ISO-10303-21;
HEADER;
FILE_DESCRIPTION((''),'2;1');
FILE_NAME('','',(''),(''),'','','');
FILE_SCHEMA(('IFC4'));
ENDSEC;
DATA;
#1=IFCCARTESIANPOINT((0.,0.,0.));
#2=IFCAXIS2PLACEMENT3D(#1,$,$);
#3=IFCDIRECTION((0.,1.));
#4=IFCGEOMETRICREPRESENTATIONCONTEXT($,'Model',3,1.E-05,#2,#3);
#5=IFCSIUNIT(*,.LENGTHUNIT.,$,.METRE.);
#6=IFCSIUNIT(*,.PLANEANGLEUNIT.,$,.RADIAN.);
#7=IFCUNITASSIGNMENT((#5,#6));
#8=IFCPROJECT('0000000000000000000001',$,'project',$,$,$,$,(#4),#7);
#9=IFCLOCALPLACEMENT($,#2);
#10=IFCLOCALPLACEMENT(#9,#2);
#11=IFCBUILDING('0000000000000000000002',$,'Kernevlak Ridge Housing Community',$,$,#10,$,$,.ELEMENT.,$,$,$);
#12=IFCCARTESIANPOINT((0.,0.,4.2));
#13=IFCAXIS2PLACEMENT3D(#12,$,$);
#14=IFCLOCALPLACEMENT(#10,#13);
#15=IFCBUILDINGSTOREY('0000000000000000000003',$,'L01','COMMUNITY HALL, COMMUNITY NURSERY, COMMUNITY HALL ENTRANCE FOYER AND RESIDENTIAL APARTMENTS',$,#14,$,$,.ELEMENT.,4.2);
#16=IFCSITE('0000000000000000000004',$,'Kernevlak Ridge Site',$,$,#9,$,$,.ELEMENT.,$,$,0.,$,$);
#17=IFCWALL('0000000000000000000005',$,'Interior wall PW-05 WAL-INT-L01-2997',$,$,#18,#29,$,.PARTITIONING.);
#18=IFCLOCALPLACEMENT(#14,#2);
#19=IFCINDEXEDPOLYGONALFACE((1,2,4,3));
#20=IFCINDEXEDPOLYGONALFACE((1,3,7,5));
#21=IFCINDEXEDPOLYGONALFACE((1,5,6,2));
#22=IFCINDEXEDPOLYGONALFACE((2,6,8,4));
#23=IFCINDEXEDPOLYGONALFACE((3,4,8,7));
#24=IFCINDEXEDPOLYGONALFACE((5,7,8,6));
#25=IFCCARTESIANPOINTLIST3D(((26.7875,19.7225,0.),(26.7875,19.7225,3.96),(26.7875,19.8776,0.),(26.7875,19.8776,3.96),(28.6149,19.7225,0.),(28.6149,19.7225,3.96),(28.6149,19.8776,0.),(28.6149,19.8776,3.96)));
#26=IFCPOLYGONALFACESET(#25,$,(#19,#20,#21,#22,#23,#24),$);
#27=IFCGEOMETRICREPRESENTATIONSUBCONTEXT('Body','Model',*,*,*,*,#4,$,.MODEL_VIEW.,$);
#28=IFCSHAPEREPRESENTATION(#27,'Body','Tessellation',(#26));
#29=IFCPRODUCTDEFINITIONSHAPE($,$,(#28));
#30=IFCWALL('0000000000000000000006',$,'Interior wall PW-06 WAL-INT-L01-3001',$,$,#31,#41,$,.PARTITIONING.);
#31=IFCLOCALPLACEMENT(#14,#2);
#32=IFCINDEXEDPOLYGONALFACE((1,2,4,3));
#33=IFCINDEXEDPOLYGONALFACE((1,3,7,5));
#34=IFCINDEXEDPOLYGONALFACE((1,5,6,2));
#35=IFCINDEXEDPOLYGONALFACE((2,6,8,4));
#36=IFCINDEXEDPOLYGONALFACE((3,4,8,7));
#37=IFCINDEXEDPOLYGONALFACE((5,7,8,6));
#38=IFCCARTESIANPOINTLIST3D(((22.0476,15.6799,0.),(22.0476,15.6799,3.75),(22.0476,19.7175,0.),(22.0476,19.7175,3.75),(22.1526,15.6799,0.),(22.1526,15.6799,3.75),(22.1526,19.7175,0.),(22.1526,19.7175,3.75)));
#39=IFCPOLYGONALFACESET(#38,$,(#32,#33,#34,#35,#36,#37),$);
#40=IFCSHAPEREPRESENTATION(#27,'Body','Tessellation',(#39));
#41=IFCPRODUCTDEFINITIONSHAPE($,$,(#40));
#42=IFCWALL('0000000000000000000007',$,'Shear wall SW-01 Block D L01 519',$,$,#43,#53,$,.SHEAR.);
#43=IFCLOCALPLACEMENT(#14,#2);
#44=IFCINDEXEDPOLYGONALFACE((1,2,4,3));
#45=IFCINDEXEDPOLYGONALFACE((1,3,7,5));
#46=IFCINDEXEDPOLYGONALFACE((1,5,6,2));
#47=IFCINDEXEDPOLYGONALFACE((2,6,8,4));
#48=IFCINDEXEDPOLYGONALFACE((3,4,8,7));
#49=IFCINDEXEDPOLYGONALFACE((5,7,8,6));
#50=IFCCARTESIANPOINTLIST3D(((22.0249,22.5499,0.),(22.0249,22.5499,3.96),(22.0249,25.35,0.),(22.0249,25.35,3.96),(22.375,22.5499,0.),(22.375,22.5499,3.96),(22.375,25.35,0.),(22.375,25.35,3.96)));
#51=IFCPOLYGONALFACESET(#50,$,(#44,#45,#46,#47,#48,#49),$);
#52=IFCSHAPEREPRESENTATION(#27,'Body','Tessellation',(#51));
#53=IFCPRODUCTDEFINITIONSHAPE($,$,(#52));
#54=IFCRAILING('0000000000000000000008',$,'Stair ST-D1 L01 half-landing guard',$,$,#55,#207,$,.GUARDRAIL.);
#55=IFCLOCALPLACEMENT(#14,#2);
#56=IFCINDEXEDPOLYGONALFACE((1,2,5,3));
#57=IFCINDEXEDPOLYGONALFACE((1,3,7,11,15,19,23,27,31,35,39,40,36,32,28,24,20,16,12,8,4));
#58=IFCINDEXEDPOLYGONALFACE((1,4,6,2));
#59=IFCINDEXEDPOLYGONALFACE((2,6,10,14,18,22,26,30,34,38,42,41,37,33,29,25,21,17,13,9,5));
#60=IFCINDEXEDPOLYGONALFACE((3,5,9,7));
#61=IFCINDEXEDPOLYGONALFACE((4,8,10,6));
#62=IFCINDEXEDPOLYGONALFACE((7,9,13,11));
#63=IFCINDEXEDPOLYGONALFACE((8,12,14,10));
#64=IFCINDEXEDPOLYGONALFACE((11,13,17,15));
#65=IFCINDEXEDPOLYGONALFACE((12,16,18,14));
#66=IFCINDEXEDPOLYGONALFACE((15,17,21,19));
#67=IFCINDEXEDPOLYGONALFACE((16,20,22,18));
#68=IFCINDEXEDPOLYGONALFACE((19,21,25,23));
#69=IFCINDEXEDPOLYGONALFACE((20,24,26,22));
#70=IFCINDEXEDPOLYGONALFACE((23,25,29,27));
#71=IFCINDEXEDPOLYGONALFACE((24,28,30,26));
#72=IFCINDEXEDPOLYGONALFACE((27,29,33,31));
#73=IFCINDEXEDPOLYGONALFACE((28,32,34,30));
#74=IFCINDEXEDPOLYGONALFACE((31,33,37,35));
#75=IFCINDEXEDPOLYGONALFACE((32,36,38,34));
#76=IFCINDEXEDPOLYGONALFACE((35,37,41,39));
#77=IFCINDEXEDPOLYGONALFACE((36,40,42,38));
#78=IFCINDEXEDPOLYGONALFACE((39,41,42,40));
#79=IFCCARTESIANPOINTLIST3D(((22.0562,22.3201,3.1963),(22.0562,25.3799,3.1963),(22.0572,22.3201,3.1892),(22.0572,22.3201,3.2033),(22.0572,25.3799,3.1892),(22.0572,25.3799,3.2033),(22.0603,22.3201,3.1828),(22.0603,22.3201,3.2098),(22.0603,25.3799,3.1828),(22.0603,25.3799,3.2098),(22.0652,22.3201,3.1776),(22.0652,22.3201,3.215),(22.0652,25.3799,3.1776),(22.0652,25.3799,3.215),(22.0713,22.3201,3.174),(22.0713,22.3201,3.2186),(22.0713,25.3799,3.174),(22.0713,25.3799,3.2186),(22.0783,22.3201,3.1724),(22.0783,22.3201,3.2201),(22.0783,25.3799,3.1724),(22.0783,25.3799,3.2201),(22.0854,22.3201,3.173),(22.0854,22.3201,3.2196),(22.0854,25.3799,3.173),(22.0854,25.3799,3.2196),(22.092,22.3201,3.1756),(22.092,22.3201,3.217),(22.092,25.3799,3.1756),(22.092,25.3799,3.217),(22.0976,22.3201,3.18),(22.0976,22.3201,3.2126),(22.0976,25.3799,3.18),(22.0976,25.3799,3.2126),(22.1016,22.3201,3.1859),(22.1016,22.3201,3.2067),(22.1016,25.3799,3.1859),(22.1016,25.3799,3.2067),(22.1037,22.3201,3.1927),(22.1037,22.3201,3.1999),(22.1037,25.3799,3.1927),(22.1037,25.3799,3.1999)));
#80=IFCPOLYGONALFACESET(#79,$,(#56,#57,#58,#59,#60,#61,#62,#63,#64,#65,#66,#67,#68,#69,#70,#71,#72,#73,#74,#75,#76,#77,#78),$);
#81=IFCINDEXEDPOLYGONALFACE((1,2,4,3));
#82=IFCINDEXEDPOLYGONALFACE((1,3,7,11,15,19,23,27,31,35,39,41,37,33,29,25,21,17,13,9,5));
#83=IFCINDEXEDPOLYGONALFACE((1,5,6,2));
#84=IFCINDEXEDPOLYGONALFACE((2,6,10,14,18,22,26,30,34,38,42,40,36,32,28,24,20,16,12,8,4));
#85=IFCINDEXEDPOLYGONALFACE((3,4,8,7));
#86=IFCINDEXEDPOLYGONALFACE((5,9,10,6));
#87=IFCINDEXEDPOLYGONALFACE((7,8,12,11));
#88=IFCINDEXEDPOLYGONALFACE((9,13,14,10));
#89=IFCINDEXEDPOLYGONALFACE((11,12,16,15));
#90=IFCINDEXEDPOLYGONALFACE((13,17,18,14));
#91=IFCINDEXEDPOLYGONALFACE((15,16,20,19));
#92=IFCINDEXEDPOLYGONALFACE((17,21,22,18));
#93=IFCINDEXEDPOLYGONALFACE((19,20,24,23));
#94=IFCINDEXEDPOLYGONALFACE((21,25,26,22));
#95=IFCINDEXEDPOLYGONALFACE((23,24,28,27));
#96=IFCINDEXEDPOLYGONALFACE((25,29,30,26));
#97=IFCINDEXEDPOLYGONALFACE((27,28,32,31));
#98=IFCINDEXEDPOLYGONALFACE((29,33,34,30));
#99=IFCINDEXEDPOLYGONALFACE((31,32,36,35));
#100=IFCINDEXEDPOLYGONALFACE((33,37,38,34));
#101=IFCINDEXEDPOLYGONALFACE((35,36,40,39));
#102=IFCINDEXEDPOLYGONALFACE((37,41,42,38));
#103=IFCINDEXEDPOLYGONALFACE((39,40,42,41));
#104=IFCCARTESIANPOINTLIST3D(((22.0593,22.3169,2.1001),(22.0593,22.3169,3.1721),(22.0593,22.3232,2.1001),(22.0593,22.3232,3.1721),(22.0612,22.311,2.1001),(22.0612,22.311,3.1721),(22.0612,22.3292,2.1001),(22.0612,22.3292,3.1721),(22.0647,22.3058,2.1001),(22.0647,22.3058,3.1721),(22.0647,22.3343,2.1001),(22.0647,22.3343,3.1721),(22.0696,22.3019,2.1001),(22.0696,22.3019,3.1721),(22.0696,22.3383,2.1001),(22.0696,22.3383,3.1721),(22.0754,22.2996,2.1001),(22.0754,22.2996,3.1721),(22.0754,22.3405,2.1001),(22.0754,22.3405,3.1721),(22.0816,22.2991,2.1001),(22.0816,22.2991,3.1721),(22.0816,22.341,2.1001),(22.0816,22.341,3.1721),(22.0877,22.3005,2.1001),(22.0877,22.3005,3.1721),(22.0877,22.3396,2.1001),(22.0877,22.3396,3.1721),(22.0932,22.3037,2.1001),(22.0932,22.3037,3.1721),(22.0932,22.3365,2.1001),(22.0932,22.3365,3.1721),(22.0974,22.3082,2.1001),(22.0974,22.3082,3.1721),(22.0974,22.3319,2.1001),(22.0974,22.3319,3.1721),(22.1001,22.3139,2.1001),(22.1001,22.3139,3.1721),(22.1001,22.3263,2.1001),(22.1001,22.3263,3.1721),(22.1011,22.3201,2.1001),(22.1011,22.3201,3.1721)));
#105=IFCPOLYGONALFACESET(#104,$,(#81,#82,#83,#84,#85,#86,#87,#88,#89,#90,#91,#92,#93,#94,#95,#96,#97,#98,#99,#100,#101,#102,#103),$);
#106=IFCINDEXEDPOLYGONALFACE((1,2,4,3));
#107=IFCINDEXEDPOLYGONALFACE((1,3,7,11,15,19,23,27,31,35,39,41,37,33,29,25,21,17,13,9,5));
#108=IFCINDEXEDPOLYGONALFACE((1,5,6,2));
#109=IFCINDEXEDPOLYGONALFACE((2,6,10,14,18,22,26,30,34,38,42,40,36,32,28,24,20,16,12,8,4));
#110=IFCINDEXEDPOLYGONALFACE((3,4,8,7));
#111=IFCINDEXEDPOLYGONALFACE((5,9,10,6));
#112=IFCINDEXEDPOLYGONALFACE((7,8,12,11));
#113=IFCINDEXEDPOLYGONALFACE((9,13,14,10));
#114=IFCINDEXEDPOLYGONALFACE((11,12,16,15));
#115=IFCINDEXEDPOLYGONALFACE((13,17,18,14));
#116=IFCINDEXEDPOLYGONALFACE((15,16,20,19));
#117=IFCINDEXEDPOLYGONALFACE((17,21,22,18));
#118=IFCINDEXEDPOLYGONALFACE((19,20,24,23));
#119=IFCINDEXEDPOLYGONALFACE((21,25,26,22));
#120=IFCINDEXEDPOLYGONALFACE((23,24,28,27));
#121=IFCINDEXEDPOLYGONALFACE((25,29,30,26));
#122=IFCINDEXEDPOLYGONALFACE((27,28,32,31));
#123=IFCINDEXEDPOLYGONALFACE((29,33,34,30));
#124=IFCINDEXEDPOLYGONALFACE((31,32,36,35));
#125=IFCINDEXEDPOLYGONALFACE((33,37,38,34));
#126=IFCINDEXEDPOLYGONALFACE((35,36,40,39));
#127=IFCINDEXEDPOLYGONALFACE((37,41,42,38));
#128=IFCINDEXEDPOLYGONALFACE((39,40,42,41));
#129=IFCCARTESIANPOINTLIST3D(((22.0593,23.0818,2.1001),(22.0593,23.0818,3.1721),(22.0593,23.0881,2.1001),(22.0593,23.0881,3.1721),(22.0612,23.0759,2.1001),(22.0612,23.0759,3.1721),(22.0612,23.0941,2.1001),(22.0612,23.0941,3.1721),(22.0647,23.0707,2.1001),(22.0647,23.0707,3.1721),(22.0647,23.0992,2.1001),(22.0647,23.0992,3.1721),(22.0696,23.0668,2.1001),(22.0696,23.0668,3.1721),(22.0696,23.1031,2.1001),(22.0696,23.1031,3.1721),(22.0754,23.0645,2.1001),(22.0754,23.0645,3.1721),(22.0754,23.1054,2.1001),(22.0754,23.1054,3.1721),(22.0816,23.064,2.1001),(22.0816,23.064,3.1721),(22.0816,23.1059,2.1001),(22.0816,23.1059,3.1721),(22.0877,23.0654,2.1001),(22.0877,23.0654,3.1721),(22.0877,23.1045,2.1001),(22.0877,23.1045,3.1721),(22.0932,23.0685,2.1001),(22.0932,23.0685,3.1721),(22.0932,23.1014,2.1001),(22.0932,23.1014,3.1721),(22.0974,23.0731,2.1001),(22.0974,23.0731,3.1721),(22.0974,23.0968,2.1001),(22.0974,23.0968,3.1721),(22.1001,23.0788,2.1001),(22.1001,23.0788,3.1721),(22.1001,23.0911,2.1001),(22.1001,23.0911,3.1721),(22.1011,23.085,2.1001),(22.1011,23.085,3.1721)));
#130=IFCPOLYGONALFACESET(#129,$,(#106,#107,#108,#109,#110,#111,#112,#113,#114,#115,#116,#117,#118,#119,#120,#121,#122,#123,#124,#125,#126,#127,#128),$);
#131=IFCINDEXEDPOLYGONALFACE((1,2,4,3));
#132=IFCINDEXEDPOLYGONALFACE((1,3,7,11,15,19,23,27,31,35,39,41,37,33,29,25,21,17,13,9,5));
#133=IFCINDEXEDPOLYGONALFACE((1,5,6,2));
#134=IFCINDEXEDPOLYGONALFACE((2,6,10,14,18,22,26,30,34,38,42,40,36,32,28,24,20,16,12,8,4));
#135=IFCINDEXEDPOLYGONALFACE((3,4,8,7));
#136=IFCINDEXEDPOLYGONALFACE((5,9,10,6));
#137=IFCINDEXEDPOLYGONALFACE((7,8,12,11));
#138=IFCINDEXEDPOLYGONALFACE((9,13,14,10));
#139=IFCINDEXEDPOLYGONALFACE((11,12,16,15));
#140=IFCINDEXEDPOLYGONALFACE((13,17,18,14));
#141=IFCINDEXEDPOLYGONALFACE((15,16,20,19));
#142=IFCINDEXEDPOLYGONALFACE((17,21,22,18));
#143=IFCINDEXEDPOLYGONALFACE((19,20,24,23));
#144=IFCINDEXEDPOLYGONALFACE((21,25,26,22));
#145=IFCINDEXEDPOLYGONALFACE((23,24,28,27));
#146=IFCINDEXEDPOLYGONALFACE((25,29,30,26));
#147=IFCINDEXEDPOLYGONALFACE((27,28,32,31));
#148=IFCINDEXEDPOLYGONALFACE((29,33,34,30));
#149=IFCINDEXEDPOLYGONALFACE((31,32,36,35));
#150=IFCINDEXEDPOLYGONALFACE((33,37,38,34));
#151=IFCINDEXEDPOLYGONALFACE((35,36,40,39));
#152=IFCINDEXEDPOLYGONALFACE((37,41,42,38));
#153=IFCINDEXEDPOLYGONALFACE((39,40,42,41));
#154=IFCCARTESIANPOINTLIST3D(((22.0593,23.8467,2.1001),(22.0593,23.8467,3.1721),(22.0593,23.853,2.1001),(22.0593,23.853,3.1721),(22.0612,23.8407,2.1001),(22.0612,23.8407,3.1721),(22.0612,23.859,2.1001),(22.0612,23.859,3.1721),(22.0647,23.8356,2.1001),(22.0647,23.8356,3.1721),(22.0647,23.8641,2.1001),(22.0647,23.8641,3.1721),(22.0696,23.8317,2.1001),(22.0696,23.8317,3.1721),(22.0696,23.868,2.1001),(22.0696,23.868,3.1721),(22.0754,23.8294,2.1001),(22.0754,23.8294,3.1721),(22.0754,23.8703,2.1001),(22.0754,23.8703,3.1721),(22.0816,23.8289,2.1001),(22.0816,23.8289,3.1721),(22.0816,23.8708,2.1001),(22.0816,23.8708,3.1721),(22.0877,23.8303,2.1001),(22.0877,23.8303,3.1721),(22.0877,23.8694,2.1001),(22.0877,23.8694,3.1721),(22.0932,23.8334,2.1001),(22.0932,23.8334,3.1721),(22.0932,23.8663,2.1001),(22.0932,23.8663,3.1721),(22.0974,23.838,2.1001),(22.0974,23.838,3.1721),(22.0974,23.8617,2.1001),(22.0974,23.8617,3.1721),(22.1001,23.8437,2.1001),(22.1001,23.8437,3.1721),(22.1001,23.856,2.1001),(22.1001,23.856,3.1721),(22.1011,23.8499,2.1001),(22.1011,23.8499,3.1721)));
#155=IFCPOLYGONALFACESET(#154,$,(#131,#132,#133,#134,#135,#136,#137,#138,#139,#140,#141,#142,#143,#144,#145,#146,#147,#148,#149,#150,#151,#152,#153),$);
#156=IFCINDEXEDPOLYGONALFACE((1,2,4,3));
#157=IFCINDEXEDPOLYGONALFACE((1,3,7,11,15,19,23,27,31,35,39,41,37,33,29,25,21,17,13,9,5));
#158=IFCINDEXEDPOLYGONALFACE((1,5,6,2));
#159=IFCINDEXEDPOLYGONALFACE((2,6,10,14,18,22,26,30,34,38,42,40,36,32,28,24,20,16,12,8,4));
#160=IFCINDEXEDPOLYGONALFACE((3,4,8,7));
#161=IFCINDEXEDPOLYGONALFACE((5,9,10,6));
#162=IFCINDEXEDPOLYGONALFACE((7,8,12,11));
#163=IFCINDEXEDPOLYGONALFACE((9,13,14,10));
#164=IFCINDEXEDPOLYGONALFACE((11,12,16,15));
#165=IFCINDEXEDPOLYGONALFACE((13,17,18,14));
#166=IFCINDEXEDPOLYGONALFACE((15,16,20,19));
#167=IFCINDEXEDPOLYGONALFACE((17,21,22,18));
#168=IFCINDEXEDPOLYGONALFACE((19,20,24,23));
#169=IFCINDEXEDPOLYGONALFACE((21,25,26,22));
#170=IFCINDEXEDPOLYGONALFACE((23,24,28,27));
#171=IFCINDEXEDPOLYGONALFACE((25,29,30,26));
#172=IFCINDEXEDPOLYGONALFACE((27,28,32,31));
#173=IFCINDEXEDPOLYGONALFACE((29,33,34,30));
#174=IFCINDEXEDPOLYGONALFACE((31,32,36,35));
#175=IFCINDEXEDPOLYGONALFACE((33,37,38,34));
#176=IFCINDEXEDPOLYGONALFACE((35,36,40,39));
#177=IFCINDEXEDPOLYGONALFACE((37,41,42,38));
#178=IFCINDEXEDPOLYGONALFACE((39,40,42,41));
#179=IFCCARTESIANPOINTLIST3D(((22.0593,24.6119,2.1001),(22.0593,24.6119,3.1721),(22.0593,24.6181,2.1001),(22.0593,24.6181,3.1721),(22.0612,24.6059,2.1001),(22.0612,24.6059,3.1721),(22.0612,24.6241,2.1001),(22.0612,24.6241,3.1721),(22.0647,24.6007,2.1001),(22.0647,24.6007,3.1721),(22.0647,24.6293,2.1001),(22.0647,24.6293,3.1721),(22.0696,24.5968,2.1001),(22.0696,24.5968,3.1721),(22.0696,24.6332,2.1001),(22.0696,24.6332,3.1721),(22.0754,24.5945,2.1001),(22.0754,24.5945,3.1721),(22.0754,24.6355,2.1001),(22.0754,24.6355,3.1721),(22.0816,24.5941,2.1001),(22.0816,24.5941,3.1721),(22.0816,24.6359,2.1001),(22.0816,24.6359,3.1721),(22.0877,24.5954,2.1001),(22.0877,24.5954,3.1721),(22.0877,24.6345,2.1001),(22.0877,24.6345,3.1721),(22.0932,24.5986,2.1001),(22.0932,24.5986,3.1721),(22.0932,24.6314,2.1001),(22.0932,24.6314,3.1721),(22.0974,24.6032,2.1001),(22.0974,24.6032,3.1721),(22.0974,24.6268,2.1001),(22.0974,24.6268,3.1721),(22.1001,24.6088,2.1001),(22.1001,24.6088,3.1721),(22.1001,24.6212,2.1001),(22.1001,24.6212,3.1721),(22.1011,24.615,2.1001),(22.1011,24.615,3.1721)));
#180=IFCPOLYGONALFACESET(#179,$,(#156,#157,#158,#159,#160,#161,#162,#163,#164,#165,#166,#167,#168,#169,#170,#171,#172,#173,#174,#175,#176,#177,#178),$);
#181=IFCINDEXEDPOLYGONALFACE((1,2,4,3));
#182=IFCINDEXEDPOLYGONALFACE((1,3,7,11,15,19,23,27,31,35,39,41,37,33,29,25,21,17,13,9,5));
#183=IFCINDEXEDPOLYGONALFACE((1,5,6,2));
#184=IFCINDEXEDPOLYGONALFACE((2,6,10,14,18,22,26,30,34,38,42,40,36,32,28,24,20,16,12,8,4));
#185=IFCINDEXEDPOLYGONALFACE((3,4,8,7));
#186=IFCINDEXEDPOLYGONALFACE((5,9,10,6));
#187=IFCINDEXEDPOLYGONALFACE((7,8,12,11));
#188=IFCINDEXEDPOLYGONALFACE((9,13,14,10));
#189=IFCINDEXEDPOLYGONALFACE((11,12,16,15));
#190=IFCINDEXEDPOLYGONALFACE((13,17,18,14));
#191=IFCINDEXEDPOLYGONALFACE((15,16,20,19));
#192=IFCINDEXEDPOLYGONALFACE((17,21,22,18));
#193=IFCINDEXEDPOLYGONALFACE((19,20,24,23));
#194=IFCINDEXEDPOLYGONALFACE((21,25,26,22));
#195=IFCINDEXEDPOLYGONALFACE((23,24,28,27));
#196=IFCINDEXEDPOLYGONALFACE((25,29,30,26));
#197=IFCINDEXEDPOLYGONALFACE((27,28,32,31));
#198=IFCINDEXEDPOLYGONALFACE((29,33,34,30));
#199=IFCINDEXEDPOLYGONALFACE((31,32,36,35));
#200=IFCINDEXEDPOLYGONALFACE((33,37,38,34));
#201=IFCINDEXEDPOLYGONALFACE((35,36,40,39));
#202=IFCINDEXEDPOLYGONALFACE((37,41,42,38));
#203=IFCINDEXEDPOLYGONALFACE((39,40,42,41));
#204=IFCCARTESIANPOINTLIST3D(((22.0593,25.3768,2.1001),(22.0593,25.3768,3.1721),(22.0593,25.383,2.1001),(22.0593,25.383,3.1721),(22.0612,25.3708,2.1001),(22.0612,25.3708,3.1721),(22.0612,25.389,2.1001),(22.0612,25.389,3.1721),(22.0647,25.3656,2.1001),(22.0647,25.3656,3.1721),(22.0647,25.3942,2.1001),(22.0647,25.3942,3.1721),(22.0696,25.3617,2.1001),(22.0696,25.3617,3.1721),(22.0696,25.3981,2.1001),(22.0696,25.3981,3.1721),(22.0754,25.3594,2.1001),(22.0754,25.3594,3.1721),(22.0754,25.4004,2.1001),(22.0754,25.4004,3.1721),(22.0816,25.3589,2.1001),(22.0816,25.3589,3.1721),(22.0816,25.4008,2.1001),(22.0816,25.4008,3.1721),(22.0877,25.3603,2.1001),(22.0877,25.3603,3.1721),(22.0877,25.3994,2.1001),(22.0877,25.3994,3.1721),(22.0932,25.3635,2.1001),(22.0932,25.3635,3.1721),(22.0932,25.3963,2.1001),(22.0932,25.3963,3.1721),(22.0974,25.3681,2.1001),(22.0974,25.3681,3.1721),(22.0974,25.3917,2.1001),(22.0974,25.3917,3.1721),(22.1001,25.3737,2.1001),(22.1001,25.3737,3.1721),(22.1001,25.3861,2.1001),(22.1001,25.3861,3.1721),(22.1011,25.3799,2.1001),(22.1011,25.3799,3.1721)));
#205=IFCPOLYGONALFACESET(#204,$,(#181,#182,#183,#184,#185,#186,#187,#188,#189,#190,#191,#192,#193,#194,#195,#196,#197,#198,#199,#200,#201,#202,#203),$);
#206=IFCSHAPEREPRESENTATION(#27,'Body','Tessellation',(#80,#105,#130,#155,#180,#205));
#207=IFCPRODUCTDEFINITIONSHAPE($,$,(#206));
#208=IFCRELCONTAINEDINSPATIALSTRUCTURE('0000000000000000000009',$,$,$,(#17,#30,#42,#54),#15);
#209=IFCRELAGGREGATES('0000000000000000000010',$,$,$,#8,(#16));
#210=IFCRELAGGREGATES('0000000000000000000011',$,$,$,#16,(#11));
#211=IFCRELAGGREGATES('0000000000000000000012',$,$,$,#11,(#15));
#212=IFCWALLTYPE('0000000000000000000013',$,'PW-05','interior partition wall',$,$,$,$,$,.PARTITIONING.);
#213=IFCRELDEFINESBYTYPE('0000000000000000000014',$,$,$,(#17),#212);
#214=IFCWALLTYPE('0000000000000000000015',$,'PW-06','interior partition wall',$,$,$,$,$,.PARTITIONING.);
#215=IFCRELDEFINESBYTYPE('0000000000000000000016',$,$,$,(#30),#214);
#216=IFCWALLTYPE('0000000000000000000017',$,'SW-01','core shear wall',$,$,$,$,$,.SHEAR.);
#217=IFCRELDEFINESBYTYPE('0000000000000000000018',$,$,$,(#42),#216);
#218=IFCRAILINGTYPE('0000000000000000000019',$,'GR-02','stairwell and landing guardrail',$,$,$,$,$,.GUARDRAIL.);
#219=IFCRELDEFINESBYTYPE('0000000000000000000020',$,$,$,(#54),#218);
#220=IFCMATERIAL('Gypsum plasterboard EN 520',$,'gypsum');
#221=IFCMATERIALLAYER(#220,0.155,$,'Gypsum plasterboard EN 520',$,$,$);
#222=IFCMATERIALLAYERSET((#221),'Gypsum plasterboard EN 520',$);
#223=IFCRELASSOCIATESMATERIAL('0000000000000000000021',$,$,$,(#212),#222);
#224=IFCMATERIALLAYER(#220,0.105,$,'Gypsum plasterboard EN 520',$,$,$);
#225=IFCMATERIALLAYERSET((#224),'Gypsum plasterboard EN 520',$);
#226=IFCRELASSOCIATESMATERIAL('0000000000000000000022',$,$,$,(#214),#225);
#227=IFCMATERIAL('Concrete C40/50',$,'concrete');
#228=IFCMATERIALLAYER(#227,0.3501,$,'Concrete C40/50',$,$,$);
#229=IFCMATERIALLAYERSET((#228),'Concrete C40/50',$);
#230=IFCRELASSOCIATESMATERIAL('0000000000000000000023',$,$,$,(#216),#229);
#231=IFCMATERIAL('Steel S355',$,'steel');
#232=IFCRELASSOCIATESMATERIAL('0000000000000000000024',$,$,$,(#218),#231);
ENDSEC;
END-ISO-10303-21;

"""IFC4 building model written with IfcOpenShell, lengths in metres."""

from ifc_helpers import new_model, si_unit, direction, frame, frame_2d, origin, origin_2d, place, context, subcontext, project, spatial, rectangle, circle, extrude, material, layer, layer_set, type_object, element, save


model = new_model("IFC4")

# Units and contexts
model_context = context("Model", 3, precision=1e-05, world=origin(), true_north=direction((0.0, 1.0)))
body_context = subcontext(model_context, "Body", "Model", "MODEL_VIEW")
ifc_project = project(units=[si_unit("LENGTHUNIT", "METRE"), si_unit("PLANEANGLEUNIT", "RADIAN")], contexts=[model_context])

# Site, building, storey
site_placement = place(None, origin())
site = spatial("IfcSite", under=ifc_project, at=site_placement, Name="Kernevlak Ridge Site", CompositionType="ELEMENT", RefElevation=0.0)
building_placement = place(site_placement, origin())
building = spatial("IfcBuilding", under=site, at=building_placement, Name="Kernevlak Ridge Housing Community", CompositionType="ELEMENT")
storey_placement = place(building_placement, frame((0.0, 0.0, 4.2)))
storey = spatial("IfcBuildingStorey", under=building, at=storey_placement, Name="L01", Description="COMMUNITY HALL, COMMUNITY NURSERY, COMMUNITY HALL ENTRANCE FOYER AND RESIDENTIAL APARTMENTS", CompositionType="ELEMENT", Elevation=4.2)

# Shared definitions
ifc_material_1 = material(Name="Gypsum plasterboard EN 520", Category="gypsum")
ifc_layer_1 = layer(ifc_material_1, 0.155, Name="Gypsum plasterboard EN 520")
ifc_layer_set_1 = layer_set([ifc_layer_1], Name="Gypsum plasterboard EN 520")
wall_type_1 = type_object("IfcWallType", Name="PW-05", Description="interior partition wall", PredefinedType="PARTITIONING", material=ifc_layer_set_1)

# Walls
wall_1_placement = place(storey_placement, frame((26.7876, 19.8, 0.0), z_axis=(0.0, 0.0, 1.0), x_axis=(1.0, 0.0, 0.0)))
element("IfcWall", 1, at=wall_1_placement, inside=storey, type_object=wall_type_1, Name="Interior wall PW-05 WAL-INT-L01-2997", PredefinedType="PARTITIONING", context=body_context, shape_type="SweptSolid", body=[
    extrude(rectangle(XDim=1.8274, YDim=0.155, at=frame_2d((0.9136, 0.0))), origin(), (0.0, 0.0, 1.0), 3.96),
])
ifc_layer_2 = layer(ifc_material_1, 0.105, Name="Gypsum plasterboard EN 520")
ifc_layer_set_2 = layer_set([ifc_layer_2], Name="Gypsum plasterboard EN 520")
wall_type_2 = type_object("IfcWallType", Name="PW-06", Description="interior partition wall", PredefinedType="PARTITIONING", material=ifc_layer_set_2)
wall_2_placement = place(storey_placement, frame((22.1001, 19.7175, 0.0), z_axis=(0.0, 0.0, 1.0), x_axis=(0.0, -1.0, 0.0)))
element("IfcWall", 2, at=wall_2_placement, inside=storey, type_object=wall_type_2, Name="Interior wall PW-06 WAL-INT-L01-3001", PredefinedType="PARTITIONING", context=body_context, shape_type="SweptSolid", body=[
    extrude(rectangle(XDim=4.0376, YDim=0.105, at=frame_2d((2.0188, 0.0))), origin(), (0.0, 0.0, 1.0), 3.75),
])
ifc_material_2 = material(Name="Concrete C40/50", Category="concrete")
ifc_layer_3 = layer(ifc_material_2, 0.3501, Name="Concrete C40/50")
ifc_layer_set_3 = layer_set([ifc_layer_3], Name="Concrete C40/50")
wall_type_3 = type_object("IfcWallType", Name="SW-01", Description="core shear wall", PredefinedType="SHEAR", material=ifc_layer_set_3)
wall_3_placement = place(storey_placement, frame((22.2, 22.55, 0.0), z_axis=(0.0, 0.0, 1.0), x_axis=(0.0, 1.0, 0.0)))
element("IfcWall", 3, at=wall_3_placement, inside=storey, type_object=wall_type_3, Name="Shear wall SW-01 Block D L01 519", PredefinedType="SHEAR", context=body_context, shape_type="SweptSolid", body=[
    extrude(rectangle(XDim=2.8, YDim=0.3501, at=frame_2d((1.3999, 0.0))), origin(), (0.0, 0.0, 1.0), 3.96),
])

# Railing
ifc_material_3 = material(Name="Steel S355", Category="steel")
railing_type = type_object("IfcRailingType", Name="GR-02", Description="stairwell and landing guardrail", PredefinedType="GUARDRAIL", material=ifc_material_3)
railing_placement = place(storey_placement, frame((22.0801, 22.3201, 2.1001)))
element("IfcRailing", 4, at=railing_placement, inside=storey, type_object=railing_type, Name="Stair ST-D1 L01 half-landing guard", PredefinedType="GUARDRAIL", context=body_context, shape_type="SweptSolid", body=[
    extrude(circle(Radius=0.0239, at=origin_2d()), frame((0.0, 0.0, 1.0962), z_axis=(0.0, 1.0, 0.0), x_axis=(-1.0, 0.0, 0.0)), (0.0, 0.0, 1.0), 3.0598),
    extrude(circle(Radius=0.021, at=origin_2d()), origin(), (0.0, 0.0, 1.0), 1.072),
    extrude(circle(Radius=0.021, at=origin_2d()), frame((0.0, 0.7649, 0.0)), (0.0, 0.0, 1.0), 1.072),
    extrude(circle(Radius=0.021, at=origin_2d()), frame((0.0, 1.5298, 0.0)), (0.0, 0.0, 1.0), 1.072),
    extrude(circle(Radius=0.021, at=origin_2d()), frame((0.0, 2.2949, 0.0)), (0.0, 0.0, 1.0), 1.072),
    extrude(circle(Radius=0.021, at=origin_2d()), frame((0.0, 3.0598, 0.0)), (0.0, 0.0, 1.0), 1.072),
])

save(model, "model.ifc")
